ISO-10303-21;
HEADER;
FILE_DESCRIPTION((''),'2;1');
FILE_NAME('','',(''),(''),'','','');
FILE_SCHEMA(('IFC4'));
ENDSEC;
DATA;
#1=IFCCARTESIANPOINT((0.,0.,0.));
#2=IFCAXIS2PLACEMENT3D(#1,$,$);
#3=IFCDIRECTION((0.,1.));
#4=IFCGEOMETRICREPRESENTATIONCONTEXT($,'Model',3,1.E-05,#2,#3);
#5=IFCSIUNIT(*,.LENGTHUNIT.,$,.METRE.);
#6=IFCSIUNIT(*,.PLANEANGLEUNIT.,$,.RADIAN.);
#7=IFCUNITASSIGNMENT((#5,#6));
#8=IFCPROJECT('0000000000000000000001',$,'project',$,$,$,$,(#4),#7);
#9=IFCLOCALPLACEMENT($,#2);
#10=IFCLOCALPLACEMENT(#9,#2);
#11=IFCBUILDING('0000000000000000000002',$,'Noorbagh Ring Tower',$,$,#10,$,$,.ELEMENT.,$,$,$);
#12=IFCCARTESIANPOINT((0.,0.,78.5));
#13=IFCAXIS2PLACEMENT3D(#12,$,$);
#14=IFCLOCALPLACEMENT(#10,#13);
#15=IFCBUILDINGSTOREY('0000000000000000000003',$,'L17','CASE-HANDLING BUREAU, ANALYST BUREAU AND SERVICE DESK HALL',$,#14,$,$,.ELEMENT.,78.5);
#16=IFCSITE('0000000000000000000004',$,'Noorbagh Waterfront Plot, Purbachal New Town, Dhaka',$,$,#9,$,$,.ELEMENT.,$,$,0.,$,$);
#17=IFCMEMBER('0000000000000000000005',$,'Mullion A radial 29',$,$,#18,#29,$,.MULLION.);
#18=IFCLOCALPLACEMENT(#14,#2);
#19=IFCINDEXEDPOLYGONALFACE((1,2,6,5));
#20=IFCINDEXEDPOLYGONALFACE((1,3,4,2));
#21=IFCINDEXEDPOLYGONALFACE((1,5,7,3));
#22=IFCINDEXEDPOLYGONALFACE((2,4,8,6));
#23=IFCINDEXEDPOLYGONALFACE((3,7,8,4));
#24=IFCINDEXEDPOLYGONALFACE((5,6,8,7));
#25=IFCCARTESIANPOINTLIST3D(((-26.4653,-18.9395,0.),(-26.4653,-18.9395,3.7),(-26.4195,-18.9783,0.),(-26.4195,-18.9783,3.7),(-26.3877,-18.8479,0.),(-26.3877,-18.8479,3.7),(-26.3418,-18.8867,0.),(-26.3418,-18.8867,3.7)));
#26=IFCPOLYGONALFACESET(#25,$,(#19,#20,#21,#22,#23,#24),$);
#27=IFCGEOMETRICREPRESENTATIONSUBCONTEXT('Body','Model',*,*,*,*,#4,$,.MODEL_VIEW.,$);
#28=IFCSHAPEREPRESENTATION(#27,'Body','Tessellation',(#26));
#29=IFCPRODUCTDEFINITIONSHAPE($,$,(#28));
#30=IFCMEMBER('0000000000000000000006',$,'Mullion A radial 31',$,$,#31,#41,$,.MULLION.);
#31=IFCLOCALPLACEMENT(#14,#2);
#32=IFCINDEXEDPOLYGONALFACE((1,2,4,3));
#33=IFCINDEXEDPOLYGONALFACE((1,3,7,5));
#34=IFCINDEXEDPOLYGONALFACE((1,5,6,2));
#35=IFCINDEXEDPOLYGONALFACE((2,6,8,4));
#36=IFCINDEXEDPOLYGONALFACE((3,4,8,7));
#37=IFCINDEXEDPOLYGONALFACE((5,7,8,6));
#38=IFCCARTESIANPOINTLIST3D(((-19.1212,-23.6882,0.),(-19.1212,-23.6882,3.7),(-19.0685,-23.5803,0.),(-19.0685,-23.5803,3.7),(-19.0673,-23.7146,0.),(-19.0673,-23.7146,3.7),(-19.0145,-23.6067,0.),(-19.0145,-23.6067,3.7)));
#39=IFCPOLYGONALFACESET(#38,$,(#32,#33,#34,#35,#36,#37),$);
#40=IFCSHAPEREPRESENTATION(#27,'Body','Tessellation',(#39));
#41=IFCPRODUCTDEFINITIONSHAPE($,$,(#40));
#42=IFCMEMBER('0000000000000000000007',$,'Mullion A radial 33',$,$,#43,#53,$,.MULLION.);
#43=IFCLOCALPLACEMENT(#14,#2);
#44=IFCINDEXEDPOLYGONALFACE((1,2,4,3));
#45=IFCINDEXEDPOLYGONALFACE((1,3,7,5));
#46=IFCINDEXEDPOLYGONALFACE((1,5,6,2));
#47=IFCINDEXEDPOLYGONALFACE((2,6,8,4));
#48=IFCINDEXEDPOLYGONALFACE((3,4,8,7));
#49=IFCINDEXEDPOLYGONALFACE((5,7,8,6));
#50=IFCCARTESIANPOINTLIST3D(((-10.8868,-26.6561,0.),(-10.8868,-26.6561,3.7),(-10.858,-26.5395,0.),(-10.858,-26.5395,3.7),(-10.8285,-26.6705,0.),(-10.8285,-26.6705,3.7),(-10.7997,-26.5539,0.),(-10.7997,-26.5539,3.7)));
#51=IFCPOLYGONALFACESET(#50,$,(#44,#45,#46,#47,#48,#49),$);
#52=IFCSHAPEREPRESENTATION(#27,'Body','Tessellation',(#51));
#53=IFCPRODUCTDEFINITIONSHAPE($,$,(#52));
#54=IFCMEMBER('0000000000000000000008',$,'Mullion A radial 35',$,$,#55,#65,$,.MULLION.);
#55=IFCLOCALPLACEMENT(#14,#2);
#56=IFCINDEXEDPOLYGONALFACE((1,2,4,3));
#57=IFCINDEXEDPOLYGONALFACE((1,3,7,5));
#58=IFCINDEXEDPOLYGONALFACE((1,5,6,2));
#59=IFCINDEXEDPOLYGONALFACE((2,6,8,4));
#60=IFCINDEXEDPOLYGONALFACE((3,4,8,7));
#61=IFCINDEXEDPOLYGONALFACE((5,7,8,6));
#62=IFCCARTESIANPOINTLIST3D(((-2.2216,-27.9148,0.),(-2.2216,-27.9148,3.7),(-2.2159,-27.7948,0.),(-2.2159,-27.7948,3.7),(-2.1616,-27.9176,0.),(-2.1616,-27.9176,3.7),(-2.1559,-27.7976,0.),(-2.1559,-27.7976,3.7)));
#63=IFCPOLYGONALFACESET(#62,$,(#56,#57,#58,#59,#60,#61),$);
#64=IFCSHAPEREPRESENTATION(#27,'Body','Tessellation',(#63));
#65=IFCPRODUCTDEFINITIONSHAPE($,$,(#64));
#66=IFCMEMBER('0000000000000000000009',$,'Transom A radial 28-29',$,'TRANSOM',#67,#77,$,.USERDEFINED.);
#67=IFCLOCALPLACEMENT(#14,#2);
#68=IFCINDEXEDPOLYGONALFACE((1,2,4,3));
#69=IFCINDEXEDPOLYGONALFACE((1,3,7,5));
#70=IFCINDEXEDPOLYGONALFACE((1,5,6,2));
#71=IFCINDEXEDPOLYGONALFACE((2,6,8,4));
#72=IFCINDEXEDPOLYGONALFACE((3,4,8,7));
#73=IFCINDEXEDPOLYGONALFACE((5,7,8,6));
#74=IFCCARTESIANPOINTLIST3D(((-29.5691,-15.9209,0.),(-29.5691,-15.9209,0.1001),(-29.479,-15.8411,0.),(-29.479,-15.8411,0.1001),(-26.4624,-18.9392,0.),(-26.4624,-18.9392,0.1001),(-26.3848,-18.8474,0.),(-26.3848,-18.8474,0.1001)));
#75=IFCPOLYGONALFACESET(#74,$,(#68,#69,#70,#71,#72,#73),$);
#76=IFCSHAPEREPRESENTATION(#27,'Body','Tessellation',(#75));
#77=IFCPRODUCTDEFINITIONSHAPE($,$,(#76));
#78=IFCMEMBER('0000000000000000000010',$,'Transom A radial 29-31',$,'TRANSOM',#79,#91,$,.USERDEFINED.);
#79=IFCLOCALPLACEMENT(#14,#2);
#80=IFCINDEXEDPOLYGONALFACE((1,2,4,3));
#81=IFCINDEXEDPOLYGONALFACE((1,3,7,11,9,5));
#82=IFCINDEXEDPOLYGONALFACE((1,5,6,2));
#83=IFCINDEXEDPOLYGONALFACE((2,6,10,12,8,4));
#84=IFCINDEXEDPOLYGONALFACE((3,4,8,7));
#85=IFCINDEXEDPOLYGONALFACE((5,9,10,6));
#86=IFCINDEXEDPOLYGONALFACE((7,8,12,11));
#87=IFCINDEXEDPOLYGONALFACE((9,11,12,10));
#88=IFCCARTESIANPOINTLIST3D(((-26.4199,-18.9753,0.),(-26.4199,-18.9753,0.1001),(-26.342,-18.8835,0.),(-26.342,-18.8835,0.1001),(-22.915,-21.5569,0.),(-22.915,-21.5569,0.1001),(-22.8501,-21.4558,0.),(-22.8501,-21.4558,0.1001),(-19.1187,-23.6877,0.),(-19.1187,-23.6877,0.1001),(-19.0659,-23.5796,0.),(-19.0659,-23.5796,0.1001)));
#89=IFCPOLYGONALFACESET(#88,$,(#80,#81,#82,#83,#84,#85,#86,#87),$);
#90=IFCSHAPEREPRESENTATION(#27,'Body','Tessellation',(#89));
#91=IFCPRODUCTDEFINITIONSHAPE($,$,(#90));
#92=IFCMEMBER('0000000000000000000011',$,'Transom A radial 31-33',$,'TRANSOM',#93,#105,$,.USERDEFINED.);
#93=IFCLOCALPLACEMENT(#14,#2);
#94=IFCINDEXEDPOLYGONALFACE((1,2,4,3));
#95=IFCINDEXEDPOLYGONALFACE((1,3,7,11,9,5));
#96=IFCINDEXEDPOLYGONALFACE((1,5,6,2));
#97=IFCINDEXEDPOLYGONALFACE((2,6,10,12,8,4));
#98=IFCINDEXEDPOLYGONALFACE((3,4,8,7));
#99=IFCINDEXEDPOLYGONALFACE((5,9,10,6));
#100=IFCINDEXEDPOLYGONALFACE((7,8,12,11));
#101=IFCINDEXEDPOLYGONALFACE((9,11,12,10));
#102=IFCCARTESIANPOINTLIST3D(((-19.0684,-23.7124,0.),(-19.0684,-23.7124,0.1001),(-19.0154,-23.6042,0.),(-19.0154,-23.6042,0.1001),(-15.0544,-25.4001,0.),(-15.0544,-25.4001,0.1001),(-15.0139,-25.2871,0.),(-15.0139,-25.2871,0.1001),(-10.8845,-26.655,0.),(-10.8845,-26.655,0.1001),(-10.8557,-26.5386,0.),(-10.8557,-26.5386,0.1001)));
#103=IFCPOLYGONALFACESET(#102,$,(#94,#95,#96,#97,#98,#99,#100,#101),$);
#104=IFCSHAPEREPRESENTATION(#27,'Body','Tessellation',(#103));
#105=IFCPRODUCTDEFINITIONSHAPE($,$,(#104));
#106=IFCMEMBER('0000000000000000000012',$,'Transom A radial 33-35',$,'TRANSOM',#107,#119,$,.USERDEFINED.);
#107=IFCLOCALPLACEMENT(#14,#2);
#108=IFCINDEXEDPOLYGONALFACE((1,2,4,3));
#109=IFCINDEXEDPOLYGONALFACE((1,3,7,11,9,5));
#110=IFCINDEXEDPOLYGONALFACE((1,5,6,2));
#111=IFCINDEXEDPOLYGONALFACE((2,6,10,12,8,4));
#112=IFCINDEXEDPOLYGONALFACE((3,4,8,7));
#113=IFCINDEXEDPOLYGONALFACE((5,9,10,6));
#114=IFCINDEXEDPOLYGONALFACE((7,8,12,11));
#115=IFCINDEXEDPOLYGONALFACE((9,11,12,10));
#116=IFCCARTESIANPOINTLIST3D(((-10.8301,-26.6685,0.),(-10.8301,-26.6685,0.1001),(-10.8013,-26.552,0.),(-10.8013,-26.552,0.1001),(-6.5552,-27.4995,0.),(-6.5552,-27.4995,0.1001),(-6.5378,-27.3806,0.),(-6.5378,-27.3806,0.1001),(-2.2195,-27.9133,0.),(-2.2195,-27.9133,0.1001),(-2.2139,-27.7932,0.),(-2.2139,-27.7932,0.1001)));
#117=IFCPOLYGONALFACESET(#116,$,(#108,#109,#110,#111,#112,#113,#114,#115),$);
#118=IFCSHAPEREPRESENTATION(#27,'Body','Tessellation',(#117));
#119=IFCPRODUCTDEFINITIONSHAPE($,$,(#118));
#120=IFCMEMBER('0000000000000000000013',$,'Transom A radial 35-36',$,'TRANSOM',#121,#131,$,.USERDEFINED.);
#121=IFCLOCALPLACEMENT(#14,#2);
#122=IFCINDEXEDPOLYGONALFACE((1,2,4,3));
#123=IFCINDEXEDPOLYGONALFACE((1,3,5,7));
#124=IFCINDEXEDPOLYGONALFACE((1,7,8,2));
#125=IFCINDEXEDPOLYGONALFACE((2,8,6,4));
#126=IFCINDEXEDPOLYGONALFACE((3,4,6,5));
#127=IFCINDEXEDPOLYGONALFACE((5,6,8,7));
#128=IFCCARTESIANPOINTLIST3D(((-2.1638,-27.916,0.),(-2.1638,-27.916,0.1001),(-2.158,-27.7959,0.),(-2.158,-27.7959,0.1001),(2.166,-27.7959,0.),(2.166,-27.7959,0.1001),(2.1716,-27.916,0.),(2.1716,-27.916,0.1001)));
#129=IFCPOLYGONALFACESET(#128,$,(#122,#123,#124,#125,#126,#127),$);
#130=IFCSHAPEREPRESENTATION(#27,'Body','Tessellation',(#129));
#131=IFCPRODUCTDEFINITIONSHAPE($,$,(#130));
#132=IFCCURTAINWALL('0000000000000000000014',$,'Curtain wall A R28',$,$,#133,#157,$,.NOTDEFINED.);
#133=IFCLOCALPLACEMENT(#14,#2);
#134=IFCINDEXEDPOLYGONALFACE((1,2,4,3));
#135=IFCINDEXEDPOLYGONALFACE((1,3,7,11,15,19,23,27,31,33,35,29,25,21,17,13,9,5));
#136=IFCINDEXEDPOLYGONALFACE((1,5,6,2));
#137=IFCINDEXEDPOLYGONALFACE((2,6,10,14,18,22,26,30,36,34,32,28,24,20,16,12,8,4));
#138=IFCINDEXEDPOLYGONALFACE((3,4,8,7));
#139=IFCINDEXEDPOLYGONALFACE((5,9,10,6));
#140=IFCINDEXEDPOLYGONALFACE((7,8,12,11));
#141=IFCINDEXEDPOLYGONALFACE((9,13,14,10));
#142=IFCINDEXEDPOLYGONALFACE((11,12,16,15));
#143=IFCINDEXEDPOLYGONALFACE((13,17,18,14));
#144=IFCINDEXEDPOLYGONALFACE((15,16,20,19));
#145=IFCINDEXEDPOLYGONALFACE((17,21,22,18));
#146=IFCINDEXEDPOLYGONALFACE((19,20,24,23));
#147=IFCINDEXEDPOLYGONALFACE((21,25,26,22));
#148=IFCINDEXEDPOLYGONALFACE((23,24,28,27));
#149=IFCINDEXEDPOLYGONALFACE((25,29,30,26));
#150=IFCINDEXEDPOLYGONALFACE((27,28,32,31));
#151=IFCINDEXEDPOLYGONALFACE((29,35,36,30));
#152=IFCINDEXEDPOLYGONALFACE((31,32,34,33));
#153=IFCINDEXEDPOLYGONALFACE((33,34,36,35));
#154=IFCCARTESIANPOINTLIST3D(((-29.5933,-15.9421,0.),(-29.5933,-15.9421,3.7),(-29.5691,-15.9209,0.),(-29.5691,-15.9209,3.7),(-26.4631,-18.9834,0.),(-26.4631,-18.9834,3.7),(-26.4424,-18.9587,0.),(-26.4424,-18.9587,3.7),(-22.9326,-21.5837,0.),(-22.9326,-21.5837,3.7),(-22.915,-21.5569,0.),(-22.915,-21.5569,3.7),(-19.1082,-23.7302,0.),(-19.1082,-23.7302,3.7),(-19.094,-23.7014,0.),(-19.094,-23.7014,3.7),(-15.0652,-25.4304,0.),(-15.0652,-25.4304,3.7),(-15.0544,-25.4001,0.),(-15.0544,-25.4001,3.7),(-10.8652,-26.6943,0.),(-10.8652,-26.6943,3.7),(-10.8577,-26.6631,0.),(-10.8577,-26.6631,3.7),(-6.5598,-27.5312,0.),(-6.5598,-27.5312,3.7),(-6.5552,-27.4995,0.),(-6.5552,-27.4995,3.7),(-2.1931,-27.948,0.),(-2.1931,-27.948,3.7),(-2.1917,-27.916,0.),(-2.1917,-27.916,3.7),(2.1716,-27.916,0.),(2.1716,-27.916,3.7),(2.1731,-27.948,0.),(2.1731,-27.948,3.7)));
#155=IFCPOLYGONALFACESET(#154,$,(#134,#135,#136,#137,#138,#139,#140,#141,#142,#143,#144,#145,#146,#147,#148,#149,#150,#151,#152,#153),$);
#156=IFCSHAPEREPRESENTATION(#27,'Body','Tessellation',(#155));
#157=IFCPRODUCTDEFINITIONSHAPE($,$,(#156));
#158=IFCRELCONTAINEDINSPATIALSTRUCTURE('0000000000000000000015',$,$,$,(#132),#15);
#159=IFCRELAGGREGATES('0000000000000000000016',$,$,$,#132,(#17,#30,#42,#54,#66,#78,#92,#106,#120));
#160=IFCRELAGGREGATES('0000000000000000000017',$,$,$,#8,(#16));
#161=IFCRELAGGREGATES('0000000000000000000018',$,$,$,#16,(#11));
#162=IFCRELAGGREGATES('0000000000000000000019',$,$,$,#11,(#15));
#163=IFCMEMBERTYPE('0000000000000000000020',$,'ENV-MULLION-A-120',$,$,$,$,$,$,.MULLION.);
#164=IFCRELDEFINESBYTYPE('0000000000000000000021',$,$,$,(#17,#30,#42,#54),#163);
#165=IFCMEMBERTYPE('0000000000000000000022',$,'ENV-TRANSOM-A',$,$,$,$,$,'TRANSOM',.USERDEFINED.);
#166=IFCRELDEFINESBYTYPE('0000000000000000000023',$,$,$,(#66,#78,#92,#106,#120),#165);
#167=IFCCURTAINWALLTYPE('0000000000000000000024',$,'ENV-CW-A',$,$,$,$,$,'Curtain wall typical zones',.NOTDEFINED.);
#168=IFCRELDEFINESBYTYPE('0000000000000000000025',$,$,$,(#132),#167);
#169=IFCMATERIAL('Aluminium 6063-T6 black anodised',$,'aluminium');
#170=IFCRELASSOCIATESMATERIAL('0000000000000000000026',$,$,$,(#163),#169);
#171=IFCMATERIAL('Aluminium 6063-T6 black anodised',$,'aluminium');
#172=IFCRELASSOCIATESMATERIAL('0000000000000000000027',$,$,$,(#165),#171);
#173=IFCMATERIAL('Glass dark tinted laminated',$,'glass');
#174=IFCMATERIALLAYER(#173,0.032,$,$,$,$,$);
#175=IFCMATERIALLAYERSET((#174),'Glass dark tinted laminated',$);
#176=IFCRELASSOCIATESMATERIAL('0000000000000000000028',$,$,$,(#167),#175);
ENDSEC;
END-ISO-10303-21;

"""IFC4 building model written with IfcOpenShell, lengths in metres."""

from ifc_helpers import new_model, si_unit, direction, frame, origin, origin_2d, place, context, subcontext, project, spatial, polyline, rectangle, outline, extrude, material, layer, layer_set, material_profile, profile_set, type_object, element, aggregate, save


model = new_model("IFC4")

# Units and contexts
model_context = context("Model", 3, precision=1e-05, world=origin(), true_north=direction((0.0, 1.0)))
body_context = subcontext(model_context, "Body", "Model", "MODEL_VIEW")
ifc_project = project(units=[si_unit("LENGTHUNIT", "METRE"), si_unit("PLANEANGLEUNIT", "RADIAN")], contexts=[model_context])

# Members
ifc_material_1 = material(Name="Aluminium 6063-T6 black anodised", Category="aluminium")
ifc_material_profile_1 = material_profile(ifc_material_1, rectangle(XDim=0.1201, YDim=0.0601, at=origin_2d()), Name="120x60")
ifc_profile_set_1 = profile_set([ifc_material_profile_1], Name="Aluminium 6063-T6 black anodised")
member_type_1 = type_object("IfcMemberType", Name="ENV-MULLION-A-120", PredefinedType="MULLION", material=ifc_profile_set_1)
site_placement = place(None, origin())
building_placement = place(site_placement, origin())
storey_placement = place(building_placement, frame((0.0, 0.0, 78.5)))
member_1_placement = place(storey_placement, frame((-26.4036, -18.9131, 0.0), z_axis=(0.0, 0.0, 1.0), x_axis=(0.646451, 0.762955, 0.0)))
member_1 = element("IfcMember", 1, at=member_1_placement, type_object=member_type_1, Name="Mullion A radial 29", PredefinedType="MULLION", context=body_context, shape_type="SweptSolid", body=[
    extrude(rectangle(XDim=0.1201, YDim=0.0601, at=origin_2d()), origin(), (0.0, 0.0, 1.0), 3.7),
])
member_2_placement = place(storey_placement, frame((-19.0679, -23.6475, 0.0), z_axis=(0.0, 0.0, 1.0), x_axis=(0.439238, 0.898371, 0.0)))
member_2 = element("IfcMember", 2, at=member_2_placement, type_object=member_type_1, Name="Mullion A radial 31", PredefinedType="MULLION", context=body_context, shape_type="SweptSolid", body=[
    extrude(rectangle(XDim=0.1201, YDim=0.0601, at=origin_2d()), origin(), (0.0, 0.0, 1.0), 3.7),
])
member_3_placement = place(storey_placement, frame((-10.8433, -26.605, 0.0), z_axis=(0.0, 0.0, 1.0), x_axis=(0.239799, 0.970823, 0.0)))
member_3 = element("IfcMember", 3, at=member_3_placement, type_object=member_type_1, Name="Mullion A radial 33", PredefinedType="MULLION", context=body_context, shape_type="SweptSolid", body=[
    extrude(rectangle(XDim=0.1201, YDim=0.0601, at=origin_2d()), origin(), (0.0, 0.0, 1.0), 3.7),
])
member_4_placement = place(storey_placement, frame((-2.1887, -27.8562, 0.0), z_axis=(0.0, 0.0, 1.0), x_axis=(0.047558, 0.998868, 0.0)))
member_4 = element("IfcMember", 4, at=member_4_placement, type_object=member_type_1, Name="Mullion A radial 35", PredefinedType="MULLION", context=body_context, shape_type="SweptSolid", body=[
    extrude(rectangle(XDim=0.1201, YDim=0.0601, at=origin_2d()), origin(), (0.0, 0.0, 1.0), 3.7),
])
ifc_material_2 = material(Name="Aluminium 6063-T6 black anodised", Category="aluminium")
member_type_2 = type_object("IfcMemberType", Name="ENV-TRANSOM-A", ElementType="TRANSOM", PredefinedType="USERDEFINED", material=ifc_material_2)
member_5_placement = place(storey_placement, origin())
member_5 = element("IfcMember", 5, at=member_5_placement, type_object=member_type_2, Name="Transom A radial 28-29", ObjectType="TRANSOM", PredefinedType="USERDEFINED", context=body_context, shape_type="SweptSolid", body=[
    extrude(outline(polyline([(-29.5691, -15.9209), (-26.4624, -18.9392), (-26.3848, -18.8474), (-29.479, -15.8411), (-29.5691, -15.9209)])), origin(), (0.0, 0.0, 1.0), 0.1001),
])
member_6_placement = place(storey_placement, origin())
member_6 = element("IfcMember", 6, at=member_6_placement, type_object=member_type_2, Name="Transom A radial 29-31", ObjectType="TRANSOM", PredefinedType="USERDEFINED", context=body_context, shape_type="SweptSolid", body=[
    extrude(outline(polyline([(-26.4199, -18.9753), (-22.915, -21.5569), (-19.1187, -23.6877), (-19.0659, -23.5796), (-22.8501, -21.4558), (-26.342, -18.8835), (-26.4199, -18.9753)])), origin(), (0.0, 0.0, 1.0), 0.1001),
])
member_7_placement = place(storey_placement, origin())
member_7 = element("IfcMember", 7, at=member_7_placement, type_object=member_type_2, Name="Transom A radial 31-33", ObjectType="TRANSOM", PredefinedType="USERDEFINED", context=body_context, shape_type="SweptSolid", body=[
    extrude(outline(polyline([(-19.0684, -23.7124), (-15.0544, -25.4001), (-10.8845, -26.655), (-10.8557, -26.5386), (-15.0139, -25.2871), (-19.0154, -23.6042), (-19.0684, -23.7124)])), origin(), (0.0, 0.0, 1.0), 0.1001),
])
member_8_placement = place(storey_placement, origin())
member_8 = element("IfcMember", 8, at=member_8_placement, type_object=member_type_2, Name="Transom A radial 33-35", ObjectType="TRANSOM", PredefinedType="USERDEFINED", context=body_context, shape_type="SweptSolid", body=[
    extrude(outline(polyline([(-10.8301, -26.6685), (-6.5552, -27.4995), (-2.2195, -27.9133), (-2.2139, -27.7932), (-6.5378, -27.3806), (-10.8013, -26.552), (-10.8301, -26.6685)])), origin(), (0.0, 0.0, 1.0), 0.1001),
])
member_9_placement = place(storey_placement, origin())
member_9 = element("IfcMember", 9, at=member_9_placement, type_object=member_type_2, Name="Transom A radial 35-36", ObjectType="TRANSOM", PredefinedType="USERDEFINED", context=body_context, shape_type="SweptSolid", body=[
    extrude(outline(polyline([(-2.1638, -27.916), (2.1716, -27.916), (2.166, -27.7959), (-2.158, -27.7959), (-2.1638, -27.916)])), origin(), (0.0, 0.0, 1.0), 0.1001),
])

# Site, building, storey
site = spatial("IfcSite", under=ifc_project, at=site_placement, Name="Noorbagh Waterfront Plot, Purbachal New Town, Dhaka", CompositionType="ELEMENT", RefElevation=0.0)
building = spatial("IfcBuilding", under=site, at=building_placement, Name="Noorbagh Ring Tower", CompositionType="ELEMENT")
storey = spatial("IfcBuildingStorey", under=building, at=storey_placement, Name="L17", Description="CASE-HANDLING BUREAU, ANALYST BUREAU AND SERVICE DESK HALL", CompositionType="ELEMENT", Elevation=78.5)

# Curtain wall
ifc_material_3 = material(Name="Glass dark tinted laminated", Category="glass")
ifc_layer_1 = layer(ifc_material_3, 0.032)
ifc_layer_set_1 = layer_set([ifc_layer_1], Name="Glass dark tinted laminated")
curtain_wall_type_1 = type_object("IfcCurtainWallType", Name="ENV-CW-A", ElementType="Curtain wall typical zones", PredefinedType="NOTDEFINED", material=ifc_layer_set_1)
curtain_wall_1_placement = place(storey_placement, origin())
curtain_wall_1 = element("IfcCurtainWall", 10, at=curtain_wall_1_placement, inside=storey, type_object=curtain_wall_type_1, Name="Curtain wall A R28", PredefinedType="NOTDEFINED", context=body_context, shape_type="SweptSolid", body=[
    extrude(outline(polyline([(-29.5933, -15.9421), (-26.4631, -18.9834), (-22.9326, -21.5837), (-19.1082, -23.7302), (-15.0652, -25.4304), (-10.8652, -26.6943), (-6.5598, -27.5312), (-2.1931, -27.948), (2.1731, -27.948), (2.1716, -27.916), (-2.1917, -27.916), (-6.5552, -27.4995), (-10.8577, -26.6631), (-15.0544, -25.4001), (-19.094, -23.7014), (-22.915, -21.5569), (-26.4424, -18.9587), (-29.5691, -15.9209), (-29.5933, -15.9421)])), origin(), (0.0, 0.0, 1.0), 3.7),
])
aggregate(curtain_wall_1, [member_1, member_2, member_3, member_4, member_5, member_6, member_7, member_8, member_9])

save(model, "model.ifc")
